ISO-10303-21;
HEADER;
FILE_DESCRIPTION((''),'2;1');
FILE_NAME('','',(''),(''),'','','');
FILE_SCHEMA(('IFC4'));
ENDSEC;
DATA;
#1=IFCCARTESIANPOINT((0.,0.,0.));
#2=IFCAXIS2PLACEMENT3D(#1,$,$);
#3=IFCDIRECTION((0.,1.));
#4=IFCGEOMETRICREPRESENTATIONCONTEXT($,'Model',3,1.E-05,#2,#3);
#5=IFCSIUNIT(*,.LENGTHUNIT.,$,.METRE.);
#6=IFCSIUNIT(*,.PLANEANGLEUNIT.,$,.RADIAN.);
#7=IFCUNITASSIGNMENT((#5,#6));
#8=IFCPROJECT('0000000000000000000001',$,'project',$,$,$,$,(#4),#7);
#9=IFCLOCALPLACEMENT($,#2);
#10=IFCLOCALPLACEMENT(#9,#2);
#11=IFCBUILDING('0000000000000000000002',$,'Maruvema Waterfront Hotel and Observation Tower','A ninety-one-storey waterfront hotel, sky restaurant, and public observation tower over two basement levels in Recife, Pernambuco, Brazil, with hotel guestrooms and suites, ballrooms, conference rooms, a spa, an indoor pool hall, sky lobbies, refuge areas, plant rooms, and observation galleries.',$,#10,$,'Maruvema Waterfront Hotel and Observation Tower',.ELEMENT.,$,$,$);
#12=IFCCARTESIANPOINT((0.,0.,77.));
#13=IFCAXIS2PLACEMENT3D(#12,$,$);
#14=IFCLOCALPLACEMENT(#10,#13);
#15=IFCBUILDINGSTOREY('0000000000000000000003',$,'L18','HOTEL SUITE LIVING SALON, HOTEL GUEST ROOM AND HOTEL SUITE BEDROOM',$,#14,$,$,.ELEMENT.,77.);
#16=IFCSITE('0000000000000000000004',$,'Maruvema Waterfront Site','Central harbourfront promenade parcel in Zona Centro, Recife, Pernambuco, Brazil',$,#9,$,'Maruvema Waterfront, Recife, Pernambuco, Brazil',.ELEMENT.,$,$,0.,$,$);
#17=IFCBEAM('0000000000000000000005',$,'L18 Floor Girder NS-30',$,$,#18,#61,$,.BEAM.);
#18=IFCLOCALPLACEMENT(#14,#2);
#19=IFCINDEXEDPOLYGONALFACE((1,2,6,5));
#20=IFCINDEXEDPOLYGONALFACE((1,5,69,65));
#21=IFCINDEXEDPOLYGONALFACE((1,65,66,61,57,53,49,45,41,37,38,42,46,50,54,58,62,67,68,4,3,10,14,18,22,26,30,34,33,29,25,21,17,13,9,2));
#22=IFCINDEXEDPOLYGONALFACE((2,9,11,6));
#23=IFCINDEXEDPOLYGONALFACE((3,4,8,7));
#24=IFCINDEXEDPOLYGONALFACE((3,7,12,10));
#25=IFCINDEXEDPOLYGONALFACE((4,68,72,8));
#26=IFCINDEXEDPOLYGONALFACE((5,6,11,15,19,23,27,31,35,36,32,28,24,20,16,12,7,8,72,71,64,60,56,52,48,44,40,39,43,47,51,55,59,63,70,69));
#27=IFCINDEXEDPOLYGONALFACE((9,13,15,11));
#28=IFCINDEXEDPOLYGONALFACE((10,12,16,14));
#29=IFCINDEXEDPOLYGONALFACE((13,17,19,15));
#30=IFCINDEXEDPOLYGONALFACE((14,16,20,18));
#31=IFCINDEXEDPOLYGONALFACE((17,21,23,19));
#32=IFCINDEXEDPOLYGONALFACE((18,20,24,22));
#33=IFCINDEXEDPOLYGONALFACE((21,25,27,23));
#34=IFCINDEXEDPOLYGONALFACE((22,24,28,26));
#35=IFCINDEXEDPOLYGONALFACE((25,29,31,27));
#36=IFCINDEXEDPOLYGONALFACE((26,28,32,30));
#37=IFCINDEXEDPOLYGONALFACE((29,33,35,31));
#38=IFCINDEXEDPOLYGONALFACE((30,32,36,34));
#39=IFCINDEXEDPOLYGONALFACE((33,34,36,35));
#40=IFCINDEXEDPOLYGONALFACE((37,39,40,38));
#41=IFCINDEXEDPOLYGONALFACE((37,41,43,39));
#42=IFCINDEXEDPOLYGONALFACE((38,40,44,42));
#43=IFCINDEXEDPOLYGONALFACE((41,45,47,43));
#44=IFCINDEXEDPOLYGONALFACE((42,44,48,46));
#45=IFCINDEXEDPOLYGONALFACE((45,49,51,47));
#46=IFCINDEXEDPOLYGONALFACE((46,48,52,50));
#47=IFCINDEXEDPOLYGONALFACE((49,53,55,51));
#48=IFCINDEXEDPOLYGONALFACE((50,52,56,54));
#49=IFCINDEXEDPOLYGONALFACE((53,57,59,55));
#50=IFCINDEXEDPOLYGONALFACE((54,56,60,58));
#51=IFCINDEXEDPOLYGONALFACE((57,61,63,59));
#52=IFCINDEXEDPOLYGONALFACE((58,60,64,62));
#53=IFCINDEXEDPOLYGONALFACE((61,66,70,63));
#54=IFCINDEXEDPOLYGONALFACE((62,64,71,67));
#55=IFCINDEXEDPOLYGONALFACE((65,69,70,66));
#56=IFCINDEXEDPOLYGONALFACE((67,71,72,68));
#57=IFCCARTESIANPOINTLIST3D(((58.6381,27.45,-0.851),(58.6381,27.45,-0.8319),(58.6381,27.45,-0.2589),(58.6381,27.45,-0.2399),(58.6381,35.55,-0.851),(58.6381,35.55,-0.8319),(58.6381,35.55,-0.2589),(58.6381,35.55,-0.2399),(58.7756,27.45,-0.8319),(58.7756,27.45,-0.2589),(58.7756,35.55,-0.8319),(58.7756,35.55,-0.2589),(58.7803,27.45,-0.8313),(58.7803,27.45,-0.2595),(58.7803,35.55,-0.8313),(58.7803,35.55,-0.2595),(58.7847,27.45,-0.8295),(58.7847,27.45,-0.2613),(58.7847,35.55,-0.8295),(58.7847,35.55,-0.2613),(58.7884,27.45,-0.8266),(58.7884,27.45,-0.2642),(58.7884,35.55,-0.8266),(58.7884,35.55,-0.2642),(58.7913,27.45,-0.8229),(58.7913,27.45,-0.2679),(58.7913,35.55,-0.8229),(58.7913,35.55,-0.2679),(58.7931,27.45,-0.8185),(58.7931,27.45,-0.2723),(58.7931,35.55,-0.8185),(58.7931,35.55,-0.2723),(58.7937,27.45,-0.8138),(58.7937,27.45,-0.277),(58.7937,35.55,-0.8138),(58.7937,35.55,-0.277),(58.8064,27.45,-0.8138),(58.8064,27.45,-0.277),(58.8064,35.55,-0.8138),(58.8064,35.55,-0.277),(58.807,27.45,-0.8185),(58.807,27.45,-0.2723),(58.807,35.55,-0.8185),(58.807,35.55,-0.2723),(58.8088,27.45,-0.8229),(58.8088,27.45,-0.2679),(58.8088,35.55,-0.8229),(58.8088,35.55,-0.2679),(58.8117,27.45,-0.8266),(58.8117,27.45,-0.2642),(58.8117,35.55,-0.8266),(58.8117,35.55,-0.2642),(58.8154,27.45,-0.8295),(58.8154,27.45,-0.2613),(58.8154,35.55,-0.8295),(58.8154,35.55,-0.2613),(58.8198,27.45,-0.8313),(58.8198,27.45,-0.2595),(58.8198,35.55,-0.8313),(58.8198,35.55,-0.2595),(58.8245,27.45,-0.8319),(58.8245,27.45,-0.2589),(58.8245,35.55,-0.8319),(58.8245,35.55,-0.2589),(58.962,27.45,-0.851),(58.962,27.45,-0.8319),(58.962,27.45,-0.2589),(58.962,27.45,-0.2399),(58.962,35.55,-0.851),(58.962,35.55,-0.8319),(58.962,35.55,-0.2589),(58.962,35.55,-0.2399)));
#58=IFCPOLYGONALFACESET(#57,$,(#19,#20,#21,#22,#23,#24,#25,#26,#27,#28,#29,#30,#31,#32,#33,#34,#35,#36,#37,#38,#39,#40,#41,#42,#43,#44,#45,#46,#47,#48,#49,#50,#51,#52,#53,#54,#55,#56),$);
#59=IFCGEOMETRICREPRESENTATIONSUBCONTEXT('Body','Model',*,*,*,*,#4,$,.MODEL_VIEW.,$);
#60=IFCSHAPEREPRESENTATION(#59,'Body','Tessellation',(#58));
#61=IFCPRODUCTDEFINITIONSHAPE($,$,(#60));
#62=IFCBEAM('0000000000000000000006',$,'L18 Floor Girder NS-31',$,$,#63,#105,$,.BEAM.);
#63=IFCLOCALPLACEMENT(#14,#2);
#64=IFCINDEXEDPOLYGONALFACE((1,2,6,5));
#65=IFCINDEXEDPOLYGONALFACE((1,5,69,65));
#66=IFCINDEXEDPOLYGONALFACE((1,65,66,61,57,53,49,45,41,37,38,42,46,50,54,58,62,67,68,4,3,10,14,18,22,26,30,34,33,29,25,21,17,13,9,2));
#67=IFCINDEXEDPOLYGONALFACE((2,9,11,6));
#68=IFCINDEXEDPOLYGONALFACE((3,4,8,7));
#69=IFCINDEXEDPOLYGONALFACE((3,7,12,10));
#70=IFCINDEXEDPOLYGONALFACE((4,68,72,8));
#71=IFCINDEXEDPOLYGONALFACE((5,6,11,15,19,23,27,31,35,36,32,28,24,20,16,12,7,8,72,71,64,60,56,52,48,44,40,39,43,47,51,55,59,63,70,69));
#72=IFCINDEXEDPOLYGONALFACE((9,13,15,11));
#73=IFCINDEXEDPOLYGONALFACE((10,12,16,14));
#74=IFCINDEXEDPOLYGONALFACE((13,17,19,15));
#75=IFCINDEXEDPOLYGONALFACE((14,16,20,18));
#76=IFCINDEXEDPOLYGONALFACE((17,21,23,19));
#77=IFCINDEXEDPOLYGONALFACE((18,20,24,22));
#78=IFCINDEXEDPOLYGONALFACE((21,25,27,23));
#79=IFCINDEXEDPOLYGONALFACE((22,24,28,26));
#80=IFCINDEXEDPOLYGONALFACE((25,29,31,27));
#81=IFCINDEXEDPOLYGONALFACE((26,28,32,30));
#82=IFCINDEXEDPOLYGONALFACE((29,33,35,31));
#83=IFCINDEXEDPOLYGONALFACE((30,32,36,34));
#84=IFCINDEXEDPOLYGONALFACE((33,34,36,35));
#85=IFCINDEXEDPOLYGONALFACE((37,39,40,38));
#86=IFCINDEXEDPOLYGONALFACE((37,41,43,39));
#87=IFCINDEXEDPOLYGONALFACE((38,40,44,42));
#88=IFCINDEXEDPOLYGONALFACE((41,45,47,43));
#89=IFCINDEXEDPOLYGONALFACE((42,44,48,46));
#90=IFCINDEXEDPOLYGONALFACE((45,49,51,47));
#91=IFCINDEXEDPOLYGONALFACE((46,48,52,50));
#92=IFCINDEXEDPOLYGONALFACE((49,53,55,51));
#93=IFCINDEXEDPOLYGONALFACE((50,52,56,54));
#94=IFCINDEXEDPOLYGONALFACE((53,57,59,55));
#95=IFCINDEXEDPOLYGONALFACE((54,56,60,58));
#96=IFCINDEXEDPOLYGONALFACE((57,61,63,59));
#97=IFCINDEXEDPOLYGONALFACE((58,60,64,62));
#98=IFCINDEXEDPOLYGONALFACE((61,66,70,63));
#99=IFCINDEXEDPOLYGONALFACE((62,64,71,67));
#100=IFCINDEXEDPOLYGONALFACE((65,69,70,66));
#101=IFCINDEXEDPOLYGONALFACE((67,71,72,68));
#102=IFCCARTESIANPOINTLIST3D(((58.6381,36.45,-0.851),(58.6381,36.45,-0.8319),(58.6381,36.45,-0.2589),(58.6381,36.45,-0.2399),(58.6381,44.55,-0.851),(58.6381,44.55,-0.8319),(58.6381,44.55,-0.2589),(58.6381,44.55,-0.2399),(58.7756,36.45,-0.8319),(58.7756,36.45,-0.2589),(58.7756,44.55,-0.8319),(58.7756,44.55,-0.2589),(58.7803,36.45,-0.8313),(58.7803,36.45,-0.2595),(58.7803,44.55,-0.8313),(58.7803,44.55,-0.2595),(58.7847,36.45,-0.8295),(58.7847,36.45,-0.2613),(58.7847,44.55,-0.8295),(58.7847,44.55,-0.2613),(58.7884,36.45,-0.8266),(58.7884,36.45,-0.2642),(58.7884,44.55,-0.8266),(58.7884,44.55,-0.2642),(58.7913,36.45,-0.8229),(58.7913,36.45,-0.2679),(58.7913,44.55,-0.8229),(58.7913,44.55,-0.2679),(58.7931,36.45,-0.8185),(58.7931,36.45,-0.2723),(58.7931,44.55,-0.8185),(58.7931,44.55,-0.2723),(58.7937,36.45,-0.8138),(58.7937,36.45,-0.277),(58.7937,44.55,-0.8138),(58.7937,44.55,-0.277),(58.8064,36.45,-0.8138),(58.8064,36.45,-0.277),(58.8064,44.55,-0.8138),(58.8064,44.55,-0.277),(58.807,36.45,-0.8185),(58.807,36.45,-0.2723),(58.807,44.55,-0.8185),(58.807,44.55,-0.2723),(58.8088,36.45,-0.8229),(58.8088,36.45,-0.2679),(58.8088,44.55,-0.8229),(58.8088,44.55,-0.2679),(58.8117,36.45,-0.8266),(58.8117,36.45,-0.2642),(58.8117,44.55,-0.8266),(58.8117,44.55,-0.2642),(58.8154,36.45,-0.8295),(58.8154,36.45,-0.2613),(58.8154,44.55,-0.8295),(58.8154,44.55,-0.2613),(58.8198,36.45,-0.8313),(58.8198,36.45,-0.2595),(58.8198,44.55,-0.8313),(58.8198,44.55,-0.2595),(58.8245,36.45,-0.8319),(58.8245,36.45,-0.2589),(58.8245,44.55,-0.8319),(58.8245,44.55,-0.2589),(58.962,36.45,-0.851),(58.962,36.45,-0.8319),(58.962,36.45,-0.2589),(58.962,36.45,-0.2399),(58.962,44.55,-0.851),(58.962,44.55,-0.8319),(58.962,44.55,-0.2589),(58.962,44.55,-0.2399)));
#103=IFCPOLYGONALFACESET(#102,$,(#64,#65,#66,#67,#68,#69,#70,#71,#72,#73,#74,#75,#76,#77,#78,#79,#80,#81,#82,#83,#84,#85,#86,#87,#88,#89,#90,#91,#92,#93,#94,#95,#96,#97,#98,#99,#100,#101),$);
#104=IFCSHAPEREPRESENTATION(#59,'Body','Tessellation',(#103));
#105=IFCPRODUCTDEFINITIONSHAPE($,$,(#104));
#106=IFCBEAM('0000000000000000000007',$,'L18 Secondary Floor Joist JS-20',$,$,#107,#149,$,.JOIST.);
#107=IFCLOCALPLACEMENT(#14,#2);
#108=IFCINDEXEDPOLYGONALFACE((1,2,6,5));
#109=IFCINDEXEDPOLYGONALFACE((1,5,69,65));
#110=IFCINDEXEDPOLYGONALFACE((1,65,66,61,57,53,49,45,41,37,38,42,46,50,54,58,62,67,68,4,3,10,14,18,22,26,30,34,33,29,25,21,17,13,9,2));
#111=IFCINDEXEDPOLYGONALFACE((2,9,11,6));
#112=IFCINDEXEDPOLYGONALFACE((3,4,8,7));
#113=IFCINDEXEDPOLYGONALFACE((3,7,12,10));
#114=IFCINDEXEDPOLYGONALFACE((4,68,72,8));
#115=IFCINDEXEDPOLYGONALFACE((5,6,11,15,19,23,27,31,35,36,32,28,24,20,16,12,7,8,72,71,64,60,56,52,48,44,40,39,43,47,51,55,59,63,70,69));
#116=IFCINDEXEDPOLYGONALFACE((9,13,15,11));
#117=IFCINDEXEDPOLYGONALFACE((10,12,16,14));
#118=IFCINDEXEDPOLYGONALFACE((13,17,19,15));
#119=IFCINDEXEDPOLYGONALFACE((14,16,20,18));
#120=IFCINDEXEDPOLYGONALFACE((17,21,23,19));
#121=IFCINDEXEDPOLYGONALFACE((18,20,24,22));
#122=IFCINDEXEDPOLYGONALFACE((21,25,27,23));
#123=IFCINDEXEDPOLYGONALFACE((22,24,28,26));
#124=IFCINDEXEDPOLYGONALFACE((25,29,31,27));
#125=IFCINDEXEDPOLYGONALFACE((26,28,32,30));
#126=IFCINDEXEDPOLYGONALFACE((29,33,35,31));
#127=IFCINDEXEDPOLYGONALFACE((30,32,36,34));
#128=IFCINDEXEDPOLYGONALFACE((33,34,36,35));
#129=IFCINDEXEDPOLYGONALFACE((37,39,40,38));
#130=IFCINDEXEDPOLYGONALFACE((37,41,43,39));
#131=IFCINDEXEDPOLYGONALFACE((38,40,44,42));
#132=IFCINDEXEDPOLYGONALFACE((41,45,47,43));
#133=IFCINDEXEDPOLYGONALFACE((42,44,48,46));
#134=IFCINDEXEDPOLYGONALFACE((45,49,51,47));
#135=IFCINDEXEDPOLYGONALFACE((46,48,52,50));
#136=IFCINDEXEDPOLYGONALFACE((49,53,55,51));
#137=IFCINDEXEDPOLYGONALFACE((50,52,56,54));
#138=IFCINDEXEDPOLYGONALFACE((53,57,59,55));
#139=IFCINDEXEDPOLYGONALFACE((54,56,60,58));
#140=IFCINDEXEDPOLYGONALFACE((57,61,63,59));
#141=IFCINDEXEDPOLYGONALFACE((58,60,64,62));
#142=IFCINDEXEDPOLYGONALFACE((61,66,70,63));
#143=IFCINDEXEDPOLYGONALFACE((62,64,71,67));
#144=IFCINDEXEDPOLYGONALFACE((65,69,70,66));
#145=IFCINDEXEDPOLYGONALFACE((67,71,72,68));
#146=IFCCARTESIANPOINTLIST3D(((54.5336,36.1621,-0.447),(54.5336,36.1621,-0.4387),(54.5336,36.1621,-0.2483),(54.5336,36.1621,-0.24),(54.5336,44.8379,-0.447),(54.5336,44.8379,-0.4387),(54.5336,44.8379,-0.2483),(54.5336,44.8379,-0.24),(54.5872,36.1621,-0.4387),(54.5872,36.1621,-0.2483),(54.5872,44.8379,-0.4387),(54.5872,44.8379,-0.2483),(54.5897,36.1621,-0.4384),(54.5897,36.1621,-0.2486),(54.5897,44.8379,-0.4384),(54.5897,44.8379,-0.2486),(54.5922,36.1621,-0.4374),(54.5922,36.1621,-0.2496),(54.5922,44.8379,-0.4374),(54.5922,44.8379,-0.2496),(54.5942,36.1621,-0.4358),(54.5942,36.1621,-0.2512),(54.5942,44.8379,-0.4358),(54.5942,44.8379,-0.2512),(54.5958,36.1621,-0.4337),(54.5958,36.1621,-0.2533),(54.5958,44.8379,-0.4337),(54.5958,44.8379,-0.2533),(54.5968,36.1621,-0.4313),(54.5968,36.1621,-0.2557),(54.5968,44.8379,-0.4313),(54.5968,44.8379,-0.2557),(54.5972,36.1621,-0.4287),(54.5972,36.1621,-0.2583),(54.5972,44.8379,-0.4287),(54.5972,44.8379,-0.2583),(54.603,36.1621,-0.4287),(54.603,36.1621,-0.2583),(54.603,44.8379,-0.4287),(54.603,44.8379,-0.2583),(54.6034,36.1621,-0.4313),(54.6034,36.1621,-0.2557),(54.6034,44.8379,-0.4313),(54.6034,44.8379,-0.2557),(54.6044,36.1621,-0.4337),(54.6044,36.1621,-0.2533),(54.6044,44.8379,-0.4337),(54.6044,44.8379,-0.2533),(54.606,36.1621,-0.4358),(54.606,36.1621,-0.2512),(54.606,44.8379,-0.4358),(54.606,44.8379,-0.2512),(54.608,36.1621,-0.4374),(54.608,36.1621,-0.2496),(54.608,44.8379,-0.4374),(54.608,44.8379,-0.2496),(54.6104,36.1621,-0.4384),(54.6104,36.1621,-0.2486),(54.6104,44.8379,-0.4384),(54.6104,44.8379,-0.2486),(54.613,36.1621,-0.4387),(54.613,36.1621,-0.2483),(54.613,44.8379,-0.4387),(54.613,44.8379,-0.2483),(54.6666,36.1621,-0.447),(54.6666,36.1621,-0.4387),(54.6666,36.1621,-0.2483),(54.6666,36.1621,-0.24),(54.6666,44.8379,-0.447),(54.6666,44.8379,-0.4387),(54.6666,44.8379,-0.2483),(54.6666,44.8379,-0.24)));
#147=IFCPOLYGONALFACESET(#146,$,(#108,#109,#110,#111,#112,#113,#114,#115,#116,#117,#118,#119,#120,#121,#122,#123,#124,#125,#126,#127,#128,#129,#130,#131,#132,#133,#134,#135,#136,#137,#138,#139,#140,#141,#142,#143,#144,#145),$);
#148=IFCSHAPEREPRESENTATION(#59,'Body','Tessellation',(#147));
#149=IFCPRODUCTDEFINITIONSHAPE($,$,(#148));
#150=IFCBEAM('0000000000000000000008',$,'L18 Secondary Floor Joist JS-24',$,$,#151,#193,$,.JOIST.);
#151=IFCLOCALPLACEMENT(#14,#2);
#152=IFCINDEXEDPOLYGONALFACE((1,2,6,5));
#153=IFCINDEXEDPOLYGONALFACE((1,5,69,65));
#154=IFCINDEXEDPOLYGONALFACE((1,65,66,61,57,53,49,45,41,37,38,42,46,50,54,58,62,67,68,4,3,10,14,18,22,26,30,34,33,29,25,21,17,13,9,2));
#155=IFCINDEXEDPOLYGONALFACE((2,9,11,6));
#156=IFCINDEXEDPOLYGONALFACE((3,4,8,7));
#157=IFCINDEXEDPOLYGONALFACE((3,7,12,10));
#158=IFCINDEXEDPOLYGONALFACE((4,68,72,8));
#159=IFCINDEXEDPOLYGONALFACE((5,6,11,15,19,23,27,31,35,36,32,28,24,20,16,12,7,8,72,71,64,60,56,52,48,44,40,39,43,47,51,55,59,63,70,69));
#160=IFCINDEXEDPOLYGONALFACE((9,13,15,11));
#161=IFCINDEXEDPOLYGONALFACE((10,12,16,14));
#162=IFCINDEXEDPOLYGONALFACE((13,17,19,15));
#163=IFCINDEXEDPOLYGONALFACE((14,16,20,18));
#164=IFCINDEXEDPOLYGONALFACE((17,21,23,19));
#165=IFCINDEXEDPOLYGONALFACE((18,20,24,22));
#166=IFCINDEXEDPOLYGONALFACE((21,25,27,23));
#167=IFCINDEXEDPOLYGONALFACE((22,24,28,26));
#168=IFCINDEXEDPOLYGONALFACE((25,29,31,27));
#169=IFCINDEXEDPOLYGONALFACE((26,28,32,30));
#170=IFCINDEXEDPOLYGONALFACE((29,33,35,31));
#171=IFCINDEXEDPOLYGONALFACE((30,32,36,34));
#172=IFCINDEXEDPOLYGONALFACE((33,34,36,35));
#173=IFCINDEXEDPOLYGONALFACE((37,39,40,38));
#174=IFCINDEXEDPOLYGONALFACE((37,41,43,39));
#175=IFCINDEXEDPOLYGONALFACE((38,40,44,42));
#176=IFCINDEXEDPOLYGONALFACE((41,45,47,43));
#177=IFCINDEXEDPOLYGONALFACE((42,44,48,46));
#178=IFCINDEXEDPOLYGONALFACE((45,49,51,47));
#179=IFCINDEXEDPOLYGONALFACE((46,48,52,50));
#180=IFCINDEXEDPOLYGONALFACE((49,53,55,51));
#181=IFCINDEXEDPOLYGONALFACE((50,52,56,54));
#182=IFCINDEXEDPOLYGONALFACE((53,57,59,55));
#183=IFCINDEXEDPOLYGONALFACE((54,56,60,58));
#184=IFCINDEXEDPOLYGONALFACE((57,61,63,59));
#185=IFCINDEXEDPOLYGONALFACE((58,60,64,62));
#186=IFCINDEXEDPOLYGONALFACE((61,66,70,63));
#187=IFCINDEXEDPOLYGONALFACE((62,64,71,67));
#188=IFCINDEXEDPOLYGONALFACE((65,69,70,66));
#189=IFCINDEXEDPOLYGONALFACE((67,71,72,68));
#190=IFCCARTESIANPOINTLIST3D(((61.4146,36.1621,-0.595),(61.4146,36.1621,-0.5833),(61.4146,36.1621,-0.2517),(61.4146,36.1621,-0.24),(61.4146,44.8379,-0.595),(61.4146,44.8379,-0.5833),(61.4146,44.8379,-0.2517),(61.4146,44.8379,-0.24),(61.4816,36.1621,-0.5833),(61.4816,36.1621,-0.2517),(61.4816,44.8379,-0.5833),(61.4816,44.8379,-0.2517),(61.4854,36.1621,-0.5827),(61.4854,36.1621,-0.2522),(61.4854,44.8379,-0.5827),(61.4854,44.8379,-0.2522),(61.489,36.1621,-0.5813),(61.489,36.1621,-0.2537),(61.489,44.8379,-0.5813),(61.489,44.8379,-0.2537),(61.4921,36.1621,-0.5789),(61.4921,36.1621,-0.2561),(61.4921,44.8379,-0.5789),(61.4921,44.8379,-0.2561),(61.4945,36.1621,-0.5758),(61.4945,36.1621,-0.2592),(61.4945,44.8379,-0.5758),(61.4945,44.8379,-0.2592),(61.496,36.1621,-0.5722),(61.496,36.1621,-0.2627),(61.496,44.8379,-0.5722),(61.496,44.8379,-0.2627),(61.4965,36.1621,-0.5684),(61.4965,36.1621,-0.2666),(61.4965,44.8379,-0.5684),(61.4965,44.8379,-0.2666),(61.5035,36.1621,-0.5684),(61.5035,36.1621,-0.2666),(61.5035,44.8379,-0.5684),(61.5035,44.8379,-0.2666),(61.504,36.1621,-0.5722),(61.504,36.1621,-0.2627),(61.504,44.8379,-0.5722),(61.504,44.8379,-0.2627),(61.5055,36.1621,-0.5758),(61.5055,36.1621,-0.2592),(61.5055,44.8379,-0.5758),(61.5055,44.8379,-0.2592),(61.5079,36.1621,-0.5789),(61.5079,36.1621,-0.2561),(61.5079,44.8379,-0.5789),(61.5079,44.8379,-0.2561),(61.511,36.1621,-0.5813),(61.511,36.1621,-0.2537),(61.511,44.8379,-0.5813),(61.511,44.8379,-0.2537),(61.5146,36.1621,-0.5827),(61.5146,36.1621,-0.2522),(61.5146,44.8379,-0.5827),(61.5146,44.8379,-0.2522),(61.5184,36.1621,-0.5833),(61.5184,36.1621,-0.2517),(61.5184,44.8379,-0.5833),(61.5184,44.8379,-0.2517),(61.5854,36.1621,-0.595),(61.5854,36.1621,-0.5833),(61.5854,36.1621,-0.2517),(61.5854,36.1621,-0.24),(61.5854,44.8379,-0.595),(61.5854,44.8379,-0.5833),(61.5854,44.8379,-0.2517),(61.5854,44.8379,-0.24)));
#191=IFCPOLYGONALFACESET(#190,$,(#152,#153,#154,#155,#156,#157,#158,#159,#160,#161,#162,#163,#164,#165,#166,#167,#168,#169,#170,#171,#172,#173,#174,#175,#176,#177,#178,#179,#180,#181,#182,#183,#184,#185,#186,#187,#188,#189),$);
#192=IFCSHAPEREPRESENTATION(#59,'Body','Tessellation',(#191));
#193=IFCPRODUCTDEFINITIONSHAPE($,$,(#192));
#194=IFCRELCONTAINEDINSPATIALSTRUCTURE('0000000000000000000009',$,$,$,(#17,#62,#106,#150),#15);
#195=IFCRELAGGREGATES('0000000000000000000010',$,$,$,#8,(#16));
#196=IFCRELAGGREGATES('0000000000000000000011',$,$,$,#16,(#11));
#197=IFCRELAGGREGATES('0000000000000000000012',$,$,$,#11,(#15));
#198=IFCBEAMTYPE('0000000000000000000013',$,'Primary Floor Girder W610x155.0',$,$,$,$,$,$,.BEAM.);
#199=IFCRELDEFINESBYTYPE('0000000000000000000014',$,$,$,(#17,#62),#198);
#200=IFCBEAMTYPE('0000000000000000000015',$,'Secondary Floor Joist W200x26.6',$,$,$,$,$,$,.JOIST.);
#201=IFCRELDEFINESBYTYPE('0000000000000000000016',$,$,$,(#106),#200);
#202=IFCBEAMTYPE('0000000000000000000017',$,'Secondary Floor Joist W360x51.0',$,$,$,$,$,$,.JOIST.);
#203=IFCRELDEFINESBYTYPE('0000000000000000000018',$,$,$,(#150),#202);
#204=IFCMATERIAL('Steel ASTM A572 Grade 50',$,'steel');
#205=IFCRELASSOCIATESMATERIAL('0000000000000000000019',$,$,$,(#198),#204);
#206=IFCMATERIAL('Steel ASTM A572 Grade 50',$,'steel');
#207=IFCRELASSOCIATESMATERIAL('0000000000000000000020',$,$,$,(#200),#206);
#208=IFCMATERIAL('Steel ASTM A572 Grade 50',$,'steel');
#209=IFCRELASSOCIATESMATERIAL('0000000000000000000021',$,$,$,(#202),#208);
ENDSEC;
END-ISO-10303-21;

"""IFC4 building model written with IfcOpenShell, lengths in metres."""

from ifc_helpers import new_model, si_unit, direction, frame, origin, origin_2d, place, context, subcontext, project, spatial, i_section, extrude, material, material_profile, profile_set, type_object, element, save


model = new_model("IFC4")

# Units and contexts
model_context = context("Model", 3, precision=1e-05, world=origin(), true_north=direction((0.0, 1.0)))
body_context = subcontext(model_context, "Body", "Model", "MODEL_VIEW")
ifc_project = project(units=[si_unit("LENGTHUNIT", "METRE"), si_unit("PLANEANGLEUNIT", "RADIAN")], contexts=[model_context])

# Site, building, storey
site_placement = place(None, origin())
site = spatial("IfcSite", under=ifc_project, at=site_placement, Name="Maruvema Waterfront Site", Description="Central harbourfront promenade parcel in Zona Centro, Recife, Pernambuco, Brazil", LongName="Maruvema Waterfront, Recife, Pernambuco, Brazil", CompositionType="ELEMENT", RefElevation=0.0)
building_placement = place(site_placement, origin())
building = spatial("IfcBuilding", under=site, at=building_placement, Name="Maruvema Waterfront Hotel and Observation Tower", Description="A ninety-one-storey waterfront hotel, sky restaurant, and public observation tower over two basement levels in Recife, Pernambuco, Brazil, with hotel guestrooms and suites, ballrooms, conference rooms, a spa, an indoor pool hall, sky lobbies, refuge areas, plant rooms, and observation galleries.", LongName="Maruvema Waterfront Hotel and Observation Tower", CompositionType="ELEMENT")
storey_placement = place(building_placement, frame((0.0, 0.0, 77.0)))
storey = spatial("IfcBuildingStorey", under=building, at=storey_placement, Name="L18", Description="HOTEL SUITE LIVING SALON, HOTEL GUEST ROOM AND HOTEL SUITE BEDROOM", CompositionType="ELEMENT", Elevation=77.0)

# Beams
ifc_material_1 = material(Name="Steel ASTM A572 Grade 50", Category="steel")
ifc_material_profile_1 = material_profile(ifc_material_1, i_section(OverallWidth=0.324, OverallDepth=0.6111, WebThickness=0.0127, FlangeThickness=0.019, FilletRadius=0.0181, at=origin_2d()), Name="W610x155.0")
ifc_profile_set_1 = profile_set([ifc_material_profile_1], Name="Steel ASTM A572 Grade 50")
beam_type_1 = type_object("IfcBeamType", Name="Primary Floor Girder W610x155.0", PredefinedType="BEAM", material=ifc_profile_set_1)
for number, where, z_axis, x_axis, name in (
    (1, (58.8, 27.45, -0.5454), (0.0, 1.0, 0.0), (-1.0, 0.0, 0.0), "L18 Floor Girder NS-30"),
    (2, (58.8, 36.45, -0.5454), (0.0, 1.0, 0.0), (-1.0, 0.0, 0.0), "L18 Floor Girder NS-31"),
):
    element("IfcBeam", number, at=place(storey_placement, frame(where, z_axis=z_axis, x_axis=x_axis)), inside=storey, type_object=beam_type_1, Name=name, PredefinedType="BEAM", context=body_context, shape_type="SweptSolid", body=[
        extrude(i_section(OverallWidth=0.324, OverallDepth=0.6111, WebThickness=0.0127, FlangeThickness=0.019, FilletRadius=0.0181, at=origin_2d()), origin(), (0.0, 0.0, 1.0), 8.1001),
    ])
ifc_material_2 = material(Name="Steel ASTM A572 Grade 50", Category="steel")
ifc_material_profile_2 = material_profile(ifc_material_2, i_section(OverallWidth=0.1331, OverallDepth=0.207, WebThickness=0.0059, FlangeThickness=0.0083, FilletRadius=0.01, at=origin_2d()), Name="W200x26.6")
ifc_profile_set_2 = profile_set([ifc_material_profile_2], Name="Steel ASTM A572 Grade 50")
beam_type_2 = type_object("IfcBeamType", Name="Secondary Floor Joist W200x26.6", PredefinedType="JOIST", material=ifc_profile_set_2)
beam_1_placement = place(storey_placement, frame((54.6001, 36.1621, -0.3435), z_axis=(0.0, 1.0, 0.0), x_axis=(-1.0, 0.0, 0.0)))
element("IfcBeam", 3, at=beam_1_placement, inside=storey, type_object=beam_type_2, Name="L18 Secondary Floor Joist JS-20", PredefinedType="JOIST", context=body_context, shape_type="SweptSolid", body=[
    extrude(i_section(OverallWidth=0.1331, OverallDepth=0.207, WebThickness=0.0059, FlangeThickness=0.0083, FilletRadius=0.01, at=origin_2d()), origin(), (0.0, 0.0, 1.0), 8.6758),
])
ifc_material_3 = material(Name="Steel ASTM A572 Grade 50", Category="steel")
ifc_material_profile_3 = material_profile(ifc_material_3, i_section(OverallWidth=0.1709, OverallDepth=0.355, WebThickness=0.0071, FlangeThickness=0.0117, FilletRadius=0.0149, at=origin_2d()), Name="W360x51.0")
ifc_profile_set_3 = profile_set([ifc_material_profile_3], Name="Steel ASTM A572 Grade 50")
beam_type_3 = type_object("IfcBeamType", Name="Secondary Floor Joist W360x51.0", PredefinedType="JOIST", material=ifc_profile_set_3)
beam_2_placement = place(storey_placement, frame((61.5, 36.1621, -0.4175), z_axis=(0.0, 1.0, 0.0), x_axis=(-1.0, 0.0, 0.0)))
element("IfcBeam", 4, at=beam_2_placement, inside=storey, type_object=beam_type_3, Name="L18 Secondary Floor Joist JS-24", PredefinedType="JOIST", context=body_context, shape_type="SweptSolid", body=[
    extrude(i_section(OverallWidth=0.1709, OverallDepth=0.355, WebThickness=0.0071, FlangeThickness=0.0117, FilletRadius=0.0149, at=origin_2d()), origin(), (0.0, 0.0, 1.0), 8.6758),
])

save(model, "model.ifc")
